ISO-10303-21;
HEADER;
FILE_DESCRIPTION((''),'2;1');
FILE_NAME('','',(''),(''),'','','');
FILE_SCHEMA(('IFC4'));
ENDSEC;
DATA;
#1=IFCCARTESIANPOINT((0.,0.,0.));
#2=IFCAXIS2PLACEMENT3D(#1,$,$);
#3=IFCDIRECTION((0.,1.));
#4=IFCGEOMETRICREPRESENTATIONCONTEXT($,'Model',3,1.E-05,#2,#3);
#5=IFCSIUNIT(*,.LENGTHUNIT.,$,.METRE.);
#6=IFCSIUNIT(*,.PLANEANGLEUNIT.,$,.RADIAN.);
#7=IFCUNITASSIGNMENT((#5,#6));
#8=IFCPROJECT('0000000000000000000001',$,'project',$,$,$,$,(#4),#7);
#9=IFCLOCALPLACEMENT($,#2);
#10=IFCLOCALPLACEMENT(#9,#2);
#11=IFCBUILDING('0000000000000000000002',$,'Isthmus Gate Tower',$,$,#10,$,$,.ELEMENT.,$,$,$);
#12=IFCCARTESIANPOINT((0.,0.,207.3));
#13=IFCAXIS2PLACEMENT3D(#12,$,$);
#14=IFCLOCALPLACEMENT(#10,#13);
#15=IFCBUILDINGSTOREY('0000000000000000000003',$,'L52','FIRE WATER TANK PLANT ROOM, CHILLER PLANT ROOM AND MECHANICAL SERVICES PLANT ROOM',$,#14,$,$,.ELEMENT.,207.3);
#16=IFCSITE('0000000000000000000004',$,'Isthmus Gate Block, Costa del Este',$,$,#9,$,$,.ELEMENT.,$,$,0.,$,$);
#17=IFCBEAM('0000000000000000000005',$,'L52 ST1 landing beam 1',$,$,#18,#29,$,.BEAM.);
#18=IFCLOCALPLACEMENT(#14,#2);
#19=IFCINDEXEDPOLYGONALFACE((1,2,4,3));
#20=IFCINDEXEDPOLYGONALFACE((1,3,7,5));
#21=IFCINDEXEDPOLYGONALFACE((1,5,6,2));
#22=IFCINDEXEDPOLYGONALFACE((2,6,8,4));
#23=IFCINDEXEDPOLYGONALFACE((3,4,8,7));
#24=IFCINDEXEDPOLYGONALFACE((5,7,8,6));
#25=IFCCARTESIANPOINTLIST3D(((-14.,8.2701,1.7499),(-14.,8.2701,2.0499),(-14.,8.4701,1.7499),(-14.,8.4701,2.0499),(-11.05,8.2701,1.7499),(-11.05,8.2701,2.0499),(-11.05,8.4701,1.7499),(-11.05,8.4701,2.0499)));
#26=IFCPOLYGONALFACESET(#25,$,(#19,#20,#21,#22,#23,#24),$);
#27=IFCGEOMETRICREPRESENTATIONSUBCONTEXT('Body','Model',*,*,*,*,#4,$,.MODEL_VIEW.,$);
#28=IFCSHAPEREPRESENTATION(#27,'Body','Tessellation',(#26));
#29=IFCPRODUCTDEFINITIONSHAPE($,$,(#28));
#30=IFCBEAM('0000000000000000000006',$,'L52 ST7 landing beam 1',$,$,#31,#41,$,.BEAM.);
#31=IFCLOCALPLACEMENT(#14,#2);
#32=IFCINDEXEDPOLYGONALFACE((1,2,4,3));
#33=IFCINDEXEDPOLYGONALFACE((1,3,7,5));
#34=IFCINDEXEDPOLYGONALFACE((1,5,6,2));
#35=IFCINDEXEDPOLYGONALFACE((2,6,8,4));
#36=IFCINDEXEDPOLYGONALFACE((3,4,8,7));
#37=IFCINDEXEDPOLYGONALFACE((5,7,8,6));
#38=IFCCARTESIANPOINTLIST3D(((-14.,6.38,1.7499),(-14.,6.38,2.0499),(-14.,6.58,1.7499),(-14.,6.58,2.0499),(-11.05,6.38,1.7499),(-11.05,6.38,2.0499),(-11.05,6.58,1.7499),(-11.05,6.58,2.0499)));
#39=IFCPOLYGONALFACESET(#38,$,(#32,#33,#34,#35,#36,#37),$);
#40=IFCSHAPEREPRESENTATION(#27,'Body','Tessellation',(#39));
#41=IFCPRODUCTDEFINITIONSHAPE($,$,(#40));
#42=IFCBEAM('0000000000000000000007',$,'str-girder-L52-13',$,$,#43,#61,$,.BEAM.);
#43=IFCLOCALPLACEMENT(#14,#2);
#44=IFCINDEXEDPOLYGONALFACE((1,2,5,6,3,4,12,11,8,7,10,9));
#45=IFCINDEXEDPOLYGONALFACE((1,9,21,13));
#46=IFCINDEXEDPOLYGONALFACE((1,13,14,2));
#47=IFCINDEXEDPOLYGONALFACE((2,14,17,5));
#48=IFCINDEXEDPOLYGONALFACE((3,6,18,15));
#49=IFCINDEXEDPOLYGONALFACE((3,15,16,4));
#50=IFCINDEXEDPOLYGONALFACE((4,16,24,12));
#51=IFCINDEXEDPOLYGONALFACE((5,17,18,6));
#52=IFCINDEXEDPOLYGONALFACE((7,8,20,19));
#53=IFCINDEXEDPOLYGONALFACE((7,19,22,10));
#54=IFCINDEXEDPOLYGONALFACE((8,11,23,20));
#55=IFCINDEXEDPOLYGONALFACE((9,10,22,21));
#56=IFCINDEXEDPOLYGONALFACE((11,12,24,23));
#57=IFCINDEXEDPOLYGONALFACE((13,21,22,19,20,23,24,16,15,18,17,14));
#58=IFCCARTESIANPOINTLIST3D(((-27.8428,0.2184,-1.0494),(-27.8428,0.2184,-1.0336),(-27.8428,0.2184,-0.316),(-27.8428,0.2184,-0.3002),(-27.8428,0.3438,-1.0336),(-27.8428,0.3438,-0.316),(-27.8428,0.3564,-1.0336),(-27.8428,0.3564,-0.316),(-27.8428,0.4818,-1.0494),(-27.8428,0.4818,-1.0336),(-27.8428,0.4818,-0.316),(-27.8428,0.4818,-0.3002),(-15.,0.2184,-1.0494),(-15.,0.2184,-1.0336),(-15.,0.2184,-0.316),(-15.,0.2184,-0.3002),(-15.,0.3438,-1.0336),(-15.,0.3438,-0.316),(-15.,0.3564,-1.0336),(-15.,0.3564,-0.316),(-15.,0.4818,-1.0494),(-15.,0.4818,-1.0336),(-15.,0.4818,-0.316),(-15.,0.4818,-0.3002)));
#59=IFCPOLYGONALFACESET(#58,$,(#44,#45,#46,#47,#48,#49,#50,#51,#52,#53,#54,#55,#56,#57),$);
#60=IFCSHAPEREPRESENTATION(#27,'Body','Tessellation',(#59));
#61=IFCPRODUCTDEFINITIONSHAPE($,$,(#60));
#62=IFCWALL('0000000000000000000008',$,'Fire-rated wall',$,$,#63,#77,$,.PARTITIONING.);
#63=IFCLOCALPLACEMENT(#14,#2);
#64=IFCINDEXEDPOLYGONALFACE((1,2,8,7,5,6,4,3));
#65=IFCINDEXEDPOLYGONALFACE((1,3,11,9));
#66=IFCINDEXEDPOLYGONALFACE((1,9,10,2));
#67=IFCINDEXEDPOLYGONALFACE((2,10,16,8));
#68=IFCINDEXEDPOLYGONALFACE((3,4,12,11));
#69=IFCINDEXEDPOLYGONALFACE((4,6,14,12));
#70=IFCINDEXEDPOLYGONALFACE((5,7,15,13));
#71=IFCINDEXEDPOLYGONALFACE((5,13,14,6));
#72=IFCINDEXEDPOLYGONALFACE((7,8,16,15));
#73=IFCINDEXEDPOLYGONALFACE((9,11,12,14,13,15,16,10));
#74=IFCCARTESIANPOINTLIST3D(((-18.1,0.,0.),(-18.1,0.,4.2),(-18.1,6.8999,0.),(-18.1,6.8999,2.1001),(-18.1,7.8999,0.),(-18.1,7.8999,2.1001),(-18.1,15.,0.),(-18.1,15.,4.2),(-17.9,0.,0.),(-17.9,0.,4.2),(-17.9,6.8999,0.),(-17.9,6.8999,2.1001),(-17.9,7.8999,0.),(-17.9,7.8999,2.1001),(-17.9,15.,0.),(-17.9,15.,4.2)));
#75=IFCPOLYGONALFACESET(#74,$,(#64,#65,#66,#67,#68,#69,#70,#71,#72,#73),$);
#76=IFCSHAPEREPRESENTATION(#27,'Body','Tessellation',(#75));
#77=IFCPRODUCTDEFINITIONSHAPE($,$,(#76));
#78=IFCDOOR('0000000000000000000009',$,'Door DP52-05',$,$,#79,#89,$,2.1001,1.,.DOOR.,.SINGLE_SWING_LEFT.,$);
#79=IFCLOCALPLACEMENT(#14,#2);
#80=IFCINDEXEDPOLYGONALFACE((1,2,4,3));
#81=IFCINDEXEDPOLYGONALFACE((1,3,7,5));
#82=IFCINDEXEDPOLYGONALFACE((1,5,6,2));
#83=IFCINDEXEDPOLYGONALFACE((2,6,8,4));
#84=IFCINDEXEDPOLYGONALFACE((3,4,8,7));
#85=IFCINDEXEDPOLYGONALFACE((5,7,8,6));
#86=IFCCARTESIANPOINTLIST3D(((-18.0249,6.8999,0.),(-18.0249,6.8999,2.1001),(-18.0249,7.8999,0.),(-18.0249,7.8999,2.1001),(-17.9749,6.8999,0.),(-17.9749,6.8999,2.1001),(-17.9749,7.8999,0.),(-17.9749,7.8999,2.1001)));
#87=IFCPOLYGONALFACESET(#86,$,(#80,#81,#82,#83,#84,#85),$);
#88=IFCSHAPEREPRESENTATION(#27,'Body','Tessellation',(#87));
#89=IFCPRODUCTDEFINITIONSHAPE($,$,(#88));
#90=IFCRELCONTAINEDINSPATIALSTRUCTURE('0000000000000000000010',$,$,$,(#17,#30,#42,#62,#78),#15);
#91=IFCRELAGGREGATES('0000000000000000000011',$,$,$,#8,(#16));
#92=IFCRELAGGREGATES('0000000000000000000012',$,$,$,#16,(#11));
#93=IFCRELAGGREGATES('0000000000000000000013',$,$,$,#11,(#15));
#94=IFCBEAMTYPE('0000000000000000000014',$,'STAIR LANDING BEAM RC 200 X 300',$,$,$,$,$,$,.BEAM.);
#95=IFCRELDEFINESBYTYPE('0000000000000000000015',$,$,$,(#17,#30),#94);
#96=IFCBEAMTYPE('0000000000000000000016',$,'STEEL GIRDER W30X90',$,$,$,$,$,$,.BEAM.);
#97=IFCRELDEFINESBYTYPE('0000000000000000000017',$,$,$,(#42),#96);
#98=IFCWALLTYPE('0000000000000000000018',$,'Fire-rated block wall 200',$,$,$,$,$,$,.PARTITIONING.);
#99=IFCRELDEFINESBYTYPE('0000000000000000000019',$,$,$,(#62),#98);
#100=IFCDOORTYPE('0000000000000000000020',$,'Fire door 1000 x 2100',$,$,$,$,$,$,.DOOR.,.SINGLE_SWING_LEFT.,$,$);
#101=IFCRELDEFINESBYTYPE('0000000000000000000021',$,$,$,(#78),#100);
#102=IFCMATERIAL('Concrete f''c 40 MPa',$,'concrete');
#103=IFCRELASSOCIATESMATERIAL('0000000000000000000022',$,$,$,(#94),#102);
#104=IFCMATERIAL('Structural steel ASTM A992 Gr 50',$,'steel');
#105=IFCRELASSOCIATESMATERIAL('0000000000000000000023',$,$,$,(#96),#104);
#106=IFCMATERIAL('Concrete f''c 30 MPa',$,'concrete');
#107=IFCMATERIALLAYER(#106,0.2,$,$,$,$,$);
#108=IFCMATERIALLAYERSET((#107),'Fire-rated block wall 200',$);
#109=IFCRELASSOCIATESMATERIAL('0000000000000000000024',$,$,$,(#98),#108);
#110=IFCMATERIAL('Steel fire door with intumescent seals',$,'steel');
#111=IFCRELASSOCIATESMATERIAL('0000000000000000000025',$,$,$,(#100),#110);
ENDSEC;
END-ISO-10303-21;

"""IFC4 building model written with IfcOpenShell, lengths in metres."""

from ifc_helpers import new_model, si_unit, direction, frame, frame_2d, origin, origin_2d, place, context, subcontext, project, spatial, rectangle, i_section, extrude, material, layer, layer_set, material_profile, profile_set, type_object, element, fill, save


model = new_model("IFC4")

# Units and contexts
model_context = context("Model", 3, precision=1e-05, world=origin(), true_north=direction((0.0, 1.0)))
body_context = subcontext(model_context, "Body", "Model", "MODEL_VIEW")
ifc_project = project(units=[si_unit("LENGTHUNIT", "METRE"), si_unit("PLANEANGLEUNIT", "RADIAN")], contexts=[model_context])

# Site, building, storey
site_placement = place(None, origin())
site = spatial("IfcSite", under=ifc_project, at=site_placement, Name="Isthmus Gate Block, Costa del Este", CompositionType="ELEMENT", RefElevation=0.0)
building_placement = place(site_placement, origin())
building = spatial("IfcBuilding", under=site, at=building_placement, Name="Isthmus Gate Tower", CompositionType="ELEMENT")
storey_placement = place(building_placement, frame((0.0, 0.0, 207.3)))
storey = spatial("IfcBuildingStorey", under=building, at=storey_placement, Name="L52", Description="FIRE WATER TANK PLANT ROOM, CHILLER PLANT ROOM AND MECHANICAL SERVICES PLANT ROOM", CompositionType="ELEMENT", Elevation=207.3)

# Beams
ifc_material_1 = material(Name="Concrete f'c 40 MPa", Category="concrete")
ifc_material_profile_1 = material_profile(ifc_material_1, rectangle(XDim=0.2, YDim=0.3, at=origin_2d()), Name="STAIR LANDING BEAM RC 200 X 300")
ifc_profile_set_1 = profile_set([ifc_material_profile_1], Name="Concrete f'c 40 MPa")
beam_type_1 = type_object("IfcBeamType", Name="STAIR LANDING BEAM RC 200 X 300", PredefinedType="BEAM", material=ifc_profile_set_1)
for number, where, z_axis, x_axis, name in (
    (1, (-14.0, 8.3701, 1.8999), (1.0, 0.0, 0.0), (0.0, 1.0, 0.0), "L52 ST1 landing beam 1"),
    (2, (-14.0, 6.48, 1.8999), (1.0, 0.0, 0.0), (0.0, 1.0, 0.0), "L52 ST7 landing beam 1"),
):
    element("IfcBeam", number, at=place(storey_placement, frame(where, z_axis=z_axis, x_axis=x_axis)), inside=storey, type_object=beam_type_1, Name=name, PredefinedType="BEAM", context=body_context, shape_type="SweptSolid", body=[
        extrude(rectangle(XDim=0.2, YDim=0.3, at=origin_2d()), origin(), (0.0, 0.0, 1.0), 2.95),
    ])
ifc_material_2 = material(Name="Structural steel ASTM A992 Gr 50", Category="steel")
ifc_material_profile_2 = material_profile(ifc_material_2, i_section(OverallWidth=0.2634, OverallDepth=0.7493, WebThickness=0.0127, FlangeThickness=0.0159, at=origin_2d()), Name="W30X90")
ifc_profile_set_2 = profile_set([ifc_material_profile_2], Name="Structural steel ASTM A992 Gr 50")
beam_type_2 = type_object("IfcBeamType", Name="STEEL GIRDER W30X90", PredefinedType="BEAM", material=ifc_profile_set_2)
beam_placement = place(storey_placement, frame((-15.0, 0.3501, -0.6748), z_axis=(-1.0, 0.0, 0.0), x_axis=(0.0, -1.0, 0.0)))
element("IfcBeam", 3, at=beam_placement, inside=storey, type_object=beam_type_2, Name="str-girder-L52-13", PredefinedType="BEAM", context=body_context, shape_type="SweptSolid", body=[
    extrude(i_section(OverallWidth=0.2634, OverallDepth=0.7493, WebThickness=0.0127, FlangeThickness=0.0159, at=origin_2d()), origin(), (0.0, 0.0, 1.0), 12.8428),
])

# Wall, opening, door
ifc_material_3 = material(Name="Concrete f'c 30 MPa", Category="concrete")
ifc_layer_1 = layer(ifc_material_3, 0.2)
ifc_layer_set_1 = layer_set([ifc_layer_1], Name="Fire-rated block wall 200")
wall_type_1 = type_object("IfcWallType", Name="Fire-rated block wall 200", PredefinedType="PARTITIONING", material=ifc_layer_set_1)
wall_1_placement = place(storey_placement, frame((-18.0, 0.0, 0.0), z_axis=(0.0, 0.0, 1.0), x_axis=(0.0, 1.0, 0.0)))
wall_1 = element("IfcWall", 4, at=wall_1_placement, inside=storey, type_object=wall_type_1, Name="Fire-rated wall", PredefinedType="PARTITIONING", context=body_context, shape_type="SweptSolid", body=[
    extrude(rectangle(XDim=15.0, YDim=0.2, at=frame_2d((7.5, 0.0))), origin(), (0.0, 0.0, 1.0), 4.2),
])
opening_1_placement = place(wall_1_placement, frame((6.8999, 0.0, 0.0)))
opening_1 = element("IfcOpeningElement", 5, at=opening_1_placement, cuts=wall_1, PredefinedType="OPENING", context=body_context, shape_type="SweptSolid", body=[
    extrude(rectangle(XDim=1.0, YDim=2.1001, at=frame_2d((0.5, 1.05))), frame((0.0, 0.1099, 0.0), z_axis=(0.0, -1.0, 0.0), x_axis=(1.0, 0.0, 0.0)), (0.0, 0.0, 1.0), 0.22),
])
ifc_material_4 = material(Name="Steel fire door with intumescent seals", Category="steel")
door_type_1 = type_object("IfcDoorType", Name="Fire door 1000 x 2100", OperationType="SINGLE_SWING_LEFT", PredefinedType="DOOR", material=ifc_material_4)
door_1_placement = place(opening_1_placement, origin())
door_1 = element("IfcDoor", 6, at=door_1_placement, inside=storey, type_object=door_type_1, Name="Door DP52-05", OperationType="SINGLE_SWING_LEFT", OverallHeight=2.1001, OverallWidth=1.0, PredefinedType="DOOR", context=body_context, shape_type="SweptSolid", body=[
    extrude(rectangle(XDim=1.0, YDim=2.1001, at=frame_2d((0.5, 1.05))), frame((0.0, 0.0249, 0.0), z_axis=(0.0, -1.0, 0.0), x_axis=(1.0, 0.0, 0.0)), (0.0, 0.0, 1.0), 0.05),
])
fill(opening_1, door_1)

save(model, "model.ifc")
